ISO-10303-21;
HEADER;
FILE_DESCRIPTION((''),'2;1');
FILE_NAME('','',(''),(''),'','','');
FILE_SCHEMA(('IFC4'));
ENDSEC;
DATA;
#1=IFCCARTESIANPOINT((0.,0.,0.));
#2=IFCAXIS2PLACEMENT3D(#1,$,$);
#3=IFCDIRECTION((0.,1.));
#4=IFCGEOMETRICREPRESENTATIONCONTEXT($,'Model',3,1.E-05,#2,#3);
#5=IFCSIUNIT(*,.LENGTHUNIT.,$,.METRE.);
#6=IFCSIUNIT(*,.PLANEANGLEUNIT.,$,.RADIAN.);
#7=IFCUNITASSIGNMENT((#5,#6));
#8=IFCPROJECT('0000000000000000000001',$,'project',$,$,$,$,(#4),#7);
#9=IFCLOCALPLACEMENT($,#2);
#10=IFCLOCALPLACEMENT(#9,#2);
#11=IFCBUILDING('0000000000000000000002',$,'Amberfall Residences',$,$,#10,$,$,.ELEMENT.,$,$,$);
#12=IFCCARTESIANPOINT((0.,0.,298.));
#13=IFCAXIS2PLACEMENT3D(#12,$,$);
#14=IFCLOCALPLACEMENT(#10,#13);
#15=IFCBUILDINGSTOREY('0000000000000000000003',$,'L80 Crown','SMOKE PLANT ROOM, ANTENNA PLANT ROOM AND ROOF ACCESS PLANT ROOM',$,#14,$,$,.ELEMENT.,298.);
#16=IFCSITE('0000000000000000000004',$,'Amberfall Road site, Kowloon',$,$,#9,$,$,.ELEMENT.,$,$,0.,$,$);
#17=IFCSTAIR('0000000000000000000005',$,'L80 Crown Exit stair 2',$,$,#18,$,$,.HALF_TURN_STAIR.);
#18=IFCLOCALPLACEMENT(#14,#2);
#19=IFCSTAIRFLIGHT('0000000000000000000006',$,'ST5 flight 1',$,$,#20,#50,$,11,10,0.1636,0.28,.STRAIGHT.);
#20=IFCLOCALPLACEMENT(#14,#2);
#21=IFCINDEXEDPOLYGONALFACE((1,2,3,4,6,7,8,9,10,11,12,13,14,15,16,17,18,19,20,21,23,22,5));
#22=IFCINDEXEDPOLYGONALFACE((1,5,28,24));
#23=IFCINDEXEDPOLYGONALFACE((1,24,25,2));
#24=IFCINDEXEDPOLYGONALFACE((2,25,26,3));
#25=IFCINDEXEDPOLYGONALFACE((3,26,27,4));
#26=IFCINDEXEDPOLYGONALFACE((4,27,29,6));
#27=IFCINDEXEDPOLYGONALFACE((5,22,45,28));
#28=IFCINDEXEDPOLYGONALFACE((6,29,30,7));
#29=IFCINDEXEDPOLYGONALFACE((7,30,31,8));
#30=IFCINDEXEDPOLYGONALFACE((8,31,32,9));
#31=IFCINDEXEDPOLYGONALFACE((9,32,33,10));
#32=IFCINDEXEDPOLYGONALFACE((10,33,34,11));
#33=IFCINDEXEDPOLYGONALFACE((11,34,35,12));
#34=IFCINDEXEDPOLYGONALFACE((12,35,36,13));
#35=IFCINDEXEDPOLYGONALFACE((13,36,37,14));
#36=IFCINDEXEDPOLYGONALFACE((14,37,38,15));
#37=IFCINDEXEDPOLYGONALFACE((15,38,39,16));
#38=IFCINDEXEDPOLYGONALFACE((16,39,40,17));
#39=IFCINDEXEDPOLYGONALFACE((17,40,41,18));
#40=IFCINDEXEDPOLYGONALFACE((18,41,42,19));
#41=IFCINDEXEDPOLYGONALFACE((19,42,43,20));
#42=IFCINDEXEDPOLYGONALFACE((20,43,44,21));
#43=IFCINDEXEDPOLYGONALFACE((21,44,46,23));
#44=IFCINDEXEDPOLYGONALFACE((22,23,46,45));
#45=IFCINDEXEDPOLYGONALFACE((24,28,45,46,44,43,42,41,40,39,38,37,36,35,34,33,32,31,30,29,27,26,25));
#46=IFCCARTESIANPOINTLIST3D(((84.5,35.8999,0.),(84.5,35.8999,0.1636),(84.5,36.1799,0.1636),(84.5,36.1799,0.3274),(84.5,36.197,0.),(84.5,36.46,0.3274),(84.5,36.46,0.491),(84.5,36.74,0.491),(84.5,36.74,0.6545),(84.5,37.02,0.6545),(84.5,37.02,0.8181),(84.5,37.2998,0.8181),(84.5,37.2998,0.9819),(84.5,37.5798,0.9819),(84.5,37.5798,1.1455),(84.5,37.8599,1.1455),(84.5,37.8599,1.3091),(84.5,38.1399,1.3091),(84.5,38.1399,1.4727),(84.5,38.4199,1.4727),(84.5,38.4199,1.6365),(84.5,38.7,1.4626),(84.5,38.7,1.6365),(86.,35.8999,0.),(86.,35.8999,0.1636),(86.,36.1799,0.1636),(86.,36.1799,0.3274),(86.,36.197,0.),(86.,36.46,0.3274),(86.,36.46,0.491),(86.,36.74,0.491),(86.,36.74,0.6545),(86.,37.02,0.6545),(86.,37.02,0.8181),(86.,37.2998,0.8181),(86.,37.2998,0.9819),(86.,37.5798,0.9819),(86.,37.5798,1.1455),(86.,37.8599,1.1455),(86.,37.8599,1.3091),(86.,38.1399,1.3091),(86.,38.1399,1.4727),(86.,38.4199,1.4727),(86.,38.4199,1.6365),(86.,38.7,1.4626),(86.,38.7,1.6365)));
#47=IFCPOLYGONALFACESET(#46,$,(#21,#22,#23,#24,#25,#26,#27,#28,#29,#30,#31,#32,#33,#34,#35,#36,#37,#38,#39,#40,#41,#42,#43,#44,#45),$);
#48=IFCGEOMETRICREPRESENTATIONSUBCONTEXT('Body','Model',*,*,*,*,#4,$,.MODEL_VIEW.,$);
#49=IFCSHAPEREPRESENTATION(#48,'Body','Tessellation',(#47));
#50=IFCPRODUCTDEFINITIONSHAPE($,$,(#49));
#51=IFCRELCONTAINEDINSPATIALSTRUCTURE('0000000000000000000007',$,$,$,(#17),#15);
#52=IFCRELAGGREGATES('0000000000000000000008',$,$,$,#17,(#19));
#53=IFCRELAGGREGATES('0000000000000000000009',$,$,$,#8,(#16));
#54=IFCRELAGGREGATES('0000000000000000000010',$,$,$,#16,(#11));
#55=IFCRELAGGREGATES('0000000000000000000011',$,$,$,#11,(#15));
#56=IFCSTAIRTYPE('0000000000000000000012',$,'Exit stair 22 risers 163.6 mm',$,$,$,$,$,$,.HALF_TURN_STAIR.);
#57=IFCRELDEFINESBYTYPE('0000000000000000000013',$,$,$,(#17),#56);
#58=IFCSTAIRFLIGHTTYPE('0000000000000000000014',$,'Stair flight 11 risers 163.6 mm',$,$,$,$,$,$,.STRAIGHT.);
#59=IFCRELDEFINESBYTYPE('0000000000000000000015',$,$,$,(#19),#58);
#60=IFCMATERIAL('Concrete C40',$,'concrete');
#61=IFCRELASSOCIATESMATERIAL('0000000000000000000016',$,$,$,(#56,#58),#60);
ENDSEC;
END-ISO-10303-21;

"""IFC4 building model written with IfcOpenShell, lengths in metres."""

from ifc_helpers import new_model, si_unit, direction, frame, origin, place, context, subcontext, project, spatial, polyline, outline, extrude, material, type_object, element, aggregate, save


model = new_model("IFC4")

# Units and contexts
model_context = context("Model", 3, precision=1e-05, world=origin(), true_north=direction((0.0, 1.0)))
body_context = subcontext(model_context, "Body", "Model", "MODEL_VIEW")
ifc_project = project(units=[si_unit("LENGTHUNIT", "METRE"), si_unit("PLANEANGLEUNIT", "RADIAN")], contexts=[model_context])

# Site, building, storey
site_placement = place(None, origin())
site = spatial("IfcSite", under=ifc_project, at=site_placement, Name="Amberfall Road site, Kowloon", CompositionType="ELEMENT", RefElevation=0.0)
building_placement = place(site_placement, origin())
building = spatial("IfcBuilding", under=site, at=building_placement, Name="Amberfall Residences", CompositionType="ELEMENT")
storey_placement = place(building_placement, frame((0.0, 0.0, 298.0)))
storey = spatial("IfcBuildingStorey", under=building, at=storey_placement, Name="L80 Crown", Description="SMOKE PLANT ROOM, ANTENNA PLANT ROOM AND ROOF ACCESS PLANT ROOM", CompositionType="ELEMENT", Elevation=298.0)

# Stair, stair flight
ifc_material_1 = material(Name="Concrete C40", Category="concrete")
stair_type = type_object("IfcStairType", Name="Exit stair 22 risers 163.6 mm", PredefinedType="HALF_TURN_STAIR", material=ifc_material_1)
stair_placement = place(storey_placement, origin())
stair = element("IfcStair", 1, at=stair_placement, inside=storey, type_object=stair_type, Name="L80 Crown Exit stair 2", PredefinedType="HALF_TURN_STAIR")
stair_flight_type = type_object("IfcStairFlightType", Name="Stair flight 11 risers 163.6 mm", PredefinedType="STRAIGHT", material=ifc_material_1)
stair_flight_placement = place(storey_placement, frame((85.25, 35.8999, 0.0), z_axis=(0.0, 0.0, 1.0), x_axis=(0.0, 1.0, 0.0)))
stair_flight = element("IfcStairFlight", 2, at=stair_flight_placement, type_object=stair_flight_type, Name="ST5 flight 1", NumberOfRisers=11, NumberOfTreads=10, PredefinedType="STRAIGHT", RiserHeight=0.1636, TreadLength=0.28, context=body_context, shape_type="SweptSolid", body=[
    extrude(outline(polyline([(0.0, 0.0), (0.0, 0.1636), (0.28, 0.1636), (0.28, 0.3274), (0.5601, 0.3274), (0.5601, 0.491), (0.8401, 0.491), (0.8401, 0.6545), (1.1201, 0.6545), (1.1201, 0.8181), (1.3999, 0.8181), (1.3999, 0.9819), (1.6799, 0.9819), (1.6799, 1.1455), (1.96, 1.1455), (1.96, 1.3091), (2.24, 1.3091), (2.24, 1.4727), (2.52, 1.4727), (2.52, 1.6365), (2.8, 1.6365), (2.8, 1.8), (2.8, 1.4626), (0.2971, 0.0), (0.0, 0.0)])), frame((0.0, 0.75, 0.0), z_axis=(0.0, -1.0, 0.0), x_axis=(1.0, 0.0, 0.0)), (0.0, 0.0, 1.0), 1.5),
])
aggregate(stair, [stair_flight])

save(model, "model.ifc")
